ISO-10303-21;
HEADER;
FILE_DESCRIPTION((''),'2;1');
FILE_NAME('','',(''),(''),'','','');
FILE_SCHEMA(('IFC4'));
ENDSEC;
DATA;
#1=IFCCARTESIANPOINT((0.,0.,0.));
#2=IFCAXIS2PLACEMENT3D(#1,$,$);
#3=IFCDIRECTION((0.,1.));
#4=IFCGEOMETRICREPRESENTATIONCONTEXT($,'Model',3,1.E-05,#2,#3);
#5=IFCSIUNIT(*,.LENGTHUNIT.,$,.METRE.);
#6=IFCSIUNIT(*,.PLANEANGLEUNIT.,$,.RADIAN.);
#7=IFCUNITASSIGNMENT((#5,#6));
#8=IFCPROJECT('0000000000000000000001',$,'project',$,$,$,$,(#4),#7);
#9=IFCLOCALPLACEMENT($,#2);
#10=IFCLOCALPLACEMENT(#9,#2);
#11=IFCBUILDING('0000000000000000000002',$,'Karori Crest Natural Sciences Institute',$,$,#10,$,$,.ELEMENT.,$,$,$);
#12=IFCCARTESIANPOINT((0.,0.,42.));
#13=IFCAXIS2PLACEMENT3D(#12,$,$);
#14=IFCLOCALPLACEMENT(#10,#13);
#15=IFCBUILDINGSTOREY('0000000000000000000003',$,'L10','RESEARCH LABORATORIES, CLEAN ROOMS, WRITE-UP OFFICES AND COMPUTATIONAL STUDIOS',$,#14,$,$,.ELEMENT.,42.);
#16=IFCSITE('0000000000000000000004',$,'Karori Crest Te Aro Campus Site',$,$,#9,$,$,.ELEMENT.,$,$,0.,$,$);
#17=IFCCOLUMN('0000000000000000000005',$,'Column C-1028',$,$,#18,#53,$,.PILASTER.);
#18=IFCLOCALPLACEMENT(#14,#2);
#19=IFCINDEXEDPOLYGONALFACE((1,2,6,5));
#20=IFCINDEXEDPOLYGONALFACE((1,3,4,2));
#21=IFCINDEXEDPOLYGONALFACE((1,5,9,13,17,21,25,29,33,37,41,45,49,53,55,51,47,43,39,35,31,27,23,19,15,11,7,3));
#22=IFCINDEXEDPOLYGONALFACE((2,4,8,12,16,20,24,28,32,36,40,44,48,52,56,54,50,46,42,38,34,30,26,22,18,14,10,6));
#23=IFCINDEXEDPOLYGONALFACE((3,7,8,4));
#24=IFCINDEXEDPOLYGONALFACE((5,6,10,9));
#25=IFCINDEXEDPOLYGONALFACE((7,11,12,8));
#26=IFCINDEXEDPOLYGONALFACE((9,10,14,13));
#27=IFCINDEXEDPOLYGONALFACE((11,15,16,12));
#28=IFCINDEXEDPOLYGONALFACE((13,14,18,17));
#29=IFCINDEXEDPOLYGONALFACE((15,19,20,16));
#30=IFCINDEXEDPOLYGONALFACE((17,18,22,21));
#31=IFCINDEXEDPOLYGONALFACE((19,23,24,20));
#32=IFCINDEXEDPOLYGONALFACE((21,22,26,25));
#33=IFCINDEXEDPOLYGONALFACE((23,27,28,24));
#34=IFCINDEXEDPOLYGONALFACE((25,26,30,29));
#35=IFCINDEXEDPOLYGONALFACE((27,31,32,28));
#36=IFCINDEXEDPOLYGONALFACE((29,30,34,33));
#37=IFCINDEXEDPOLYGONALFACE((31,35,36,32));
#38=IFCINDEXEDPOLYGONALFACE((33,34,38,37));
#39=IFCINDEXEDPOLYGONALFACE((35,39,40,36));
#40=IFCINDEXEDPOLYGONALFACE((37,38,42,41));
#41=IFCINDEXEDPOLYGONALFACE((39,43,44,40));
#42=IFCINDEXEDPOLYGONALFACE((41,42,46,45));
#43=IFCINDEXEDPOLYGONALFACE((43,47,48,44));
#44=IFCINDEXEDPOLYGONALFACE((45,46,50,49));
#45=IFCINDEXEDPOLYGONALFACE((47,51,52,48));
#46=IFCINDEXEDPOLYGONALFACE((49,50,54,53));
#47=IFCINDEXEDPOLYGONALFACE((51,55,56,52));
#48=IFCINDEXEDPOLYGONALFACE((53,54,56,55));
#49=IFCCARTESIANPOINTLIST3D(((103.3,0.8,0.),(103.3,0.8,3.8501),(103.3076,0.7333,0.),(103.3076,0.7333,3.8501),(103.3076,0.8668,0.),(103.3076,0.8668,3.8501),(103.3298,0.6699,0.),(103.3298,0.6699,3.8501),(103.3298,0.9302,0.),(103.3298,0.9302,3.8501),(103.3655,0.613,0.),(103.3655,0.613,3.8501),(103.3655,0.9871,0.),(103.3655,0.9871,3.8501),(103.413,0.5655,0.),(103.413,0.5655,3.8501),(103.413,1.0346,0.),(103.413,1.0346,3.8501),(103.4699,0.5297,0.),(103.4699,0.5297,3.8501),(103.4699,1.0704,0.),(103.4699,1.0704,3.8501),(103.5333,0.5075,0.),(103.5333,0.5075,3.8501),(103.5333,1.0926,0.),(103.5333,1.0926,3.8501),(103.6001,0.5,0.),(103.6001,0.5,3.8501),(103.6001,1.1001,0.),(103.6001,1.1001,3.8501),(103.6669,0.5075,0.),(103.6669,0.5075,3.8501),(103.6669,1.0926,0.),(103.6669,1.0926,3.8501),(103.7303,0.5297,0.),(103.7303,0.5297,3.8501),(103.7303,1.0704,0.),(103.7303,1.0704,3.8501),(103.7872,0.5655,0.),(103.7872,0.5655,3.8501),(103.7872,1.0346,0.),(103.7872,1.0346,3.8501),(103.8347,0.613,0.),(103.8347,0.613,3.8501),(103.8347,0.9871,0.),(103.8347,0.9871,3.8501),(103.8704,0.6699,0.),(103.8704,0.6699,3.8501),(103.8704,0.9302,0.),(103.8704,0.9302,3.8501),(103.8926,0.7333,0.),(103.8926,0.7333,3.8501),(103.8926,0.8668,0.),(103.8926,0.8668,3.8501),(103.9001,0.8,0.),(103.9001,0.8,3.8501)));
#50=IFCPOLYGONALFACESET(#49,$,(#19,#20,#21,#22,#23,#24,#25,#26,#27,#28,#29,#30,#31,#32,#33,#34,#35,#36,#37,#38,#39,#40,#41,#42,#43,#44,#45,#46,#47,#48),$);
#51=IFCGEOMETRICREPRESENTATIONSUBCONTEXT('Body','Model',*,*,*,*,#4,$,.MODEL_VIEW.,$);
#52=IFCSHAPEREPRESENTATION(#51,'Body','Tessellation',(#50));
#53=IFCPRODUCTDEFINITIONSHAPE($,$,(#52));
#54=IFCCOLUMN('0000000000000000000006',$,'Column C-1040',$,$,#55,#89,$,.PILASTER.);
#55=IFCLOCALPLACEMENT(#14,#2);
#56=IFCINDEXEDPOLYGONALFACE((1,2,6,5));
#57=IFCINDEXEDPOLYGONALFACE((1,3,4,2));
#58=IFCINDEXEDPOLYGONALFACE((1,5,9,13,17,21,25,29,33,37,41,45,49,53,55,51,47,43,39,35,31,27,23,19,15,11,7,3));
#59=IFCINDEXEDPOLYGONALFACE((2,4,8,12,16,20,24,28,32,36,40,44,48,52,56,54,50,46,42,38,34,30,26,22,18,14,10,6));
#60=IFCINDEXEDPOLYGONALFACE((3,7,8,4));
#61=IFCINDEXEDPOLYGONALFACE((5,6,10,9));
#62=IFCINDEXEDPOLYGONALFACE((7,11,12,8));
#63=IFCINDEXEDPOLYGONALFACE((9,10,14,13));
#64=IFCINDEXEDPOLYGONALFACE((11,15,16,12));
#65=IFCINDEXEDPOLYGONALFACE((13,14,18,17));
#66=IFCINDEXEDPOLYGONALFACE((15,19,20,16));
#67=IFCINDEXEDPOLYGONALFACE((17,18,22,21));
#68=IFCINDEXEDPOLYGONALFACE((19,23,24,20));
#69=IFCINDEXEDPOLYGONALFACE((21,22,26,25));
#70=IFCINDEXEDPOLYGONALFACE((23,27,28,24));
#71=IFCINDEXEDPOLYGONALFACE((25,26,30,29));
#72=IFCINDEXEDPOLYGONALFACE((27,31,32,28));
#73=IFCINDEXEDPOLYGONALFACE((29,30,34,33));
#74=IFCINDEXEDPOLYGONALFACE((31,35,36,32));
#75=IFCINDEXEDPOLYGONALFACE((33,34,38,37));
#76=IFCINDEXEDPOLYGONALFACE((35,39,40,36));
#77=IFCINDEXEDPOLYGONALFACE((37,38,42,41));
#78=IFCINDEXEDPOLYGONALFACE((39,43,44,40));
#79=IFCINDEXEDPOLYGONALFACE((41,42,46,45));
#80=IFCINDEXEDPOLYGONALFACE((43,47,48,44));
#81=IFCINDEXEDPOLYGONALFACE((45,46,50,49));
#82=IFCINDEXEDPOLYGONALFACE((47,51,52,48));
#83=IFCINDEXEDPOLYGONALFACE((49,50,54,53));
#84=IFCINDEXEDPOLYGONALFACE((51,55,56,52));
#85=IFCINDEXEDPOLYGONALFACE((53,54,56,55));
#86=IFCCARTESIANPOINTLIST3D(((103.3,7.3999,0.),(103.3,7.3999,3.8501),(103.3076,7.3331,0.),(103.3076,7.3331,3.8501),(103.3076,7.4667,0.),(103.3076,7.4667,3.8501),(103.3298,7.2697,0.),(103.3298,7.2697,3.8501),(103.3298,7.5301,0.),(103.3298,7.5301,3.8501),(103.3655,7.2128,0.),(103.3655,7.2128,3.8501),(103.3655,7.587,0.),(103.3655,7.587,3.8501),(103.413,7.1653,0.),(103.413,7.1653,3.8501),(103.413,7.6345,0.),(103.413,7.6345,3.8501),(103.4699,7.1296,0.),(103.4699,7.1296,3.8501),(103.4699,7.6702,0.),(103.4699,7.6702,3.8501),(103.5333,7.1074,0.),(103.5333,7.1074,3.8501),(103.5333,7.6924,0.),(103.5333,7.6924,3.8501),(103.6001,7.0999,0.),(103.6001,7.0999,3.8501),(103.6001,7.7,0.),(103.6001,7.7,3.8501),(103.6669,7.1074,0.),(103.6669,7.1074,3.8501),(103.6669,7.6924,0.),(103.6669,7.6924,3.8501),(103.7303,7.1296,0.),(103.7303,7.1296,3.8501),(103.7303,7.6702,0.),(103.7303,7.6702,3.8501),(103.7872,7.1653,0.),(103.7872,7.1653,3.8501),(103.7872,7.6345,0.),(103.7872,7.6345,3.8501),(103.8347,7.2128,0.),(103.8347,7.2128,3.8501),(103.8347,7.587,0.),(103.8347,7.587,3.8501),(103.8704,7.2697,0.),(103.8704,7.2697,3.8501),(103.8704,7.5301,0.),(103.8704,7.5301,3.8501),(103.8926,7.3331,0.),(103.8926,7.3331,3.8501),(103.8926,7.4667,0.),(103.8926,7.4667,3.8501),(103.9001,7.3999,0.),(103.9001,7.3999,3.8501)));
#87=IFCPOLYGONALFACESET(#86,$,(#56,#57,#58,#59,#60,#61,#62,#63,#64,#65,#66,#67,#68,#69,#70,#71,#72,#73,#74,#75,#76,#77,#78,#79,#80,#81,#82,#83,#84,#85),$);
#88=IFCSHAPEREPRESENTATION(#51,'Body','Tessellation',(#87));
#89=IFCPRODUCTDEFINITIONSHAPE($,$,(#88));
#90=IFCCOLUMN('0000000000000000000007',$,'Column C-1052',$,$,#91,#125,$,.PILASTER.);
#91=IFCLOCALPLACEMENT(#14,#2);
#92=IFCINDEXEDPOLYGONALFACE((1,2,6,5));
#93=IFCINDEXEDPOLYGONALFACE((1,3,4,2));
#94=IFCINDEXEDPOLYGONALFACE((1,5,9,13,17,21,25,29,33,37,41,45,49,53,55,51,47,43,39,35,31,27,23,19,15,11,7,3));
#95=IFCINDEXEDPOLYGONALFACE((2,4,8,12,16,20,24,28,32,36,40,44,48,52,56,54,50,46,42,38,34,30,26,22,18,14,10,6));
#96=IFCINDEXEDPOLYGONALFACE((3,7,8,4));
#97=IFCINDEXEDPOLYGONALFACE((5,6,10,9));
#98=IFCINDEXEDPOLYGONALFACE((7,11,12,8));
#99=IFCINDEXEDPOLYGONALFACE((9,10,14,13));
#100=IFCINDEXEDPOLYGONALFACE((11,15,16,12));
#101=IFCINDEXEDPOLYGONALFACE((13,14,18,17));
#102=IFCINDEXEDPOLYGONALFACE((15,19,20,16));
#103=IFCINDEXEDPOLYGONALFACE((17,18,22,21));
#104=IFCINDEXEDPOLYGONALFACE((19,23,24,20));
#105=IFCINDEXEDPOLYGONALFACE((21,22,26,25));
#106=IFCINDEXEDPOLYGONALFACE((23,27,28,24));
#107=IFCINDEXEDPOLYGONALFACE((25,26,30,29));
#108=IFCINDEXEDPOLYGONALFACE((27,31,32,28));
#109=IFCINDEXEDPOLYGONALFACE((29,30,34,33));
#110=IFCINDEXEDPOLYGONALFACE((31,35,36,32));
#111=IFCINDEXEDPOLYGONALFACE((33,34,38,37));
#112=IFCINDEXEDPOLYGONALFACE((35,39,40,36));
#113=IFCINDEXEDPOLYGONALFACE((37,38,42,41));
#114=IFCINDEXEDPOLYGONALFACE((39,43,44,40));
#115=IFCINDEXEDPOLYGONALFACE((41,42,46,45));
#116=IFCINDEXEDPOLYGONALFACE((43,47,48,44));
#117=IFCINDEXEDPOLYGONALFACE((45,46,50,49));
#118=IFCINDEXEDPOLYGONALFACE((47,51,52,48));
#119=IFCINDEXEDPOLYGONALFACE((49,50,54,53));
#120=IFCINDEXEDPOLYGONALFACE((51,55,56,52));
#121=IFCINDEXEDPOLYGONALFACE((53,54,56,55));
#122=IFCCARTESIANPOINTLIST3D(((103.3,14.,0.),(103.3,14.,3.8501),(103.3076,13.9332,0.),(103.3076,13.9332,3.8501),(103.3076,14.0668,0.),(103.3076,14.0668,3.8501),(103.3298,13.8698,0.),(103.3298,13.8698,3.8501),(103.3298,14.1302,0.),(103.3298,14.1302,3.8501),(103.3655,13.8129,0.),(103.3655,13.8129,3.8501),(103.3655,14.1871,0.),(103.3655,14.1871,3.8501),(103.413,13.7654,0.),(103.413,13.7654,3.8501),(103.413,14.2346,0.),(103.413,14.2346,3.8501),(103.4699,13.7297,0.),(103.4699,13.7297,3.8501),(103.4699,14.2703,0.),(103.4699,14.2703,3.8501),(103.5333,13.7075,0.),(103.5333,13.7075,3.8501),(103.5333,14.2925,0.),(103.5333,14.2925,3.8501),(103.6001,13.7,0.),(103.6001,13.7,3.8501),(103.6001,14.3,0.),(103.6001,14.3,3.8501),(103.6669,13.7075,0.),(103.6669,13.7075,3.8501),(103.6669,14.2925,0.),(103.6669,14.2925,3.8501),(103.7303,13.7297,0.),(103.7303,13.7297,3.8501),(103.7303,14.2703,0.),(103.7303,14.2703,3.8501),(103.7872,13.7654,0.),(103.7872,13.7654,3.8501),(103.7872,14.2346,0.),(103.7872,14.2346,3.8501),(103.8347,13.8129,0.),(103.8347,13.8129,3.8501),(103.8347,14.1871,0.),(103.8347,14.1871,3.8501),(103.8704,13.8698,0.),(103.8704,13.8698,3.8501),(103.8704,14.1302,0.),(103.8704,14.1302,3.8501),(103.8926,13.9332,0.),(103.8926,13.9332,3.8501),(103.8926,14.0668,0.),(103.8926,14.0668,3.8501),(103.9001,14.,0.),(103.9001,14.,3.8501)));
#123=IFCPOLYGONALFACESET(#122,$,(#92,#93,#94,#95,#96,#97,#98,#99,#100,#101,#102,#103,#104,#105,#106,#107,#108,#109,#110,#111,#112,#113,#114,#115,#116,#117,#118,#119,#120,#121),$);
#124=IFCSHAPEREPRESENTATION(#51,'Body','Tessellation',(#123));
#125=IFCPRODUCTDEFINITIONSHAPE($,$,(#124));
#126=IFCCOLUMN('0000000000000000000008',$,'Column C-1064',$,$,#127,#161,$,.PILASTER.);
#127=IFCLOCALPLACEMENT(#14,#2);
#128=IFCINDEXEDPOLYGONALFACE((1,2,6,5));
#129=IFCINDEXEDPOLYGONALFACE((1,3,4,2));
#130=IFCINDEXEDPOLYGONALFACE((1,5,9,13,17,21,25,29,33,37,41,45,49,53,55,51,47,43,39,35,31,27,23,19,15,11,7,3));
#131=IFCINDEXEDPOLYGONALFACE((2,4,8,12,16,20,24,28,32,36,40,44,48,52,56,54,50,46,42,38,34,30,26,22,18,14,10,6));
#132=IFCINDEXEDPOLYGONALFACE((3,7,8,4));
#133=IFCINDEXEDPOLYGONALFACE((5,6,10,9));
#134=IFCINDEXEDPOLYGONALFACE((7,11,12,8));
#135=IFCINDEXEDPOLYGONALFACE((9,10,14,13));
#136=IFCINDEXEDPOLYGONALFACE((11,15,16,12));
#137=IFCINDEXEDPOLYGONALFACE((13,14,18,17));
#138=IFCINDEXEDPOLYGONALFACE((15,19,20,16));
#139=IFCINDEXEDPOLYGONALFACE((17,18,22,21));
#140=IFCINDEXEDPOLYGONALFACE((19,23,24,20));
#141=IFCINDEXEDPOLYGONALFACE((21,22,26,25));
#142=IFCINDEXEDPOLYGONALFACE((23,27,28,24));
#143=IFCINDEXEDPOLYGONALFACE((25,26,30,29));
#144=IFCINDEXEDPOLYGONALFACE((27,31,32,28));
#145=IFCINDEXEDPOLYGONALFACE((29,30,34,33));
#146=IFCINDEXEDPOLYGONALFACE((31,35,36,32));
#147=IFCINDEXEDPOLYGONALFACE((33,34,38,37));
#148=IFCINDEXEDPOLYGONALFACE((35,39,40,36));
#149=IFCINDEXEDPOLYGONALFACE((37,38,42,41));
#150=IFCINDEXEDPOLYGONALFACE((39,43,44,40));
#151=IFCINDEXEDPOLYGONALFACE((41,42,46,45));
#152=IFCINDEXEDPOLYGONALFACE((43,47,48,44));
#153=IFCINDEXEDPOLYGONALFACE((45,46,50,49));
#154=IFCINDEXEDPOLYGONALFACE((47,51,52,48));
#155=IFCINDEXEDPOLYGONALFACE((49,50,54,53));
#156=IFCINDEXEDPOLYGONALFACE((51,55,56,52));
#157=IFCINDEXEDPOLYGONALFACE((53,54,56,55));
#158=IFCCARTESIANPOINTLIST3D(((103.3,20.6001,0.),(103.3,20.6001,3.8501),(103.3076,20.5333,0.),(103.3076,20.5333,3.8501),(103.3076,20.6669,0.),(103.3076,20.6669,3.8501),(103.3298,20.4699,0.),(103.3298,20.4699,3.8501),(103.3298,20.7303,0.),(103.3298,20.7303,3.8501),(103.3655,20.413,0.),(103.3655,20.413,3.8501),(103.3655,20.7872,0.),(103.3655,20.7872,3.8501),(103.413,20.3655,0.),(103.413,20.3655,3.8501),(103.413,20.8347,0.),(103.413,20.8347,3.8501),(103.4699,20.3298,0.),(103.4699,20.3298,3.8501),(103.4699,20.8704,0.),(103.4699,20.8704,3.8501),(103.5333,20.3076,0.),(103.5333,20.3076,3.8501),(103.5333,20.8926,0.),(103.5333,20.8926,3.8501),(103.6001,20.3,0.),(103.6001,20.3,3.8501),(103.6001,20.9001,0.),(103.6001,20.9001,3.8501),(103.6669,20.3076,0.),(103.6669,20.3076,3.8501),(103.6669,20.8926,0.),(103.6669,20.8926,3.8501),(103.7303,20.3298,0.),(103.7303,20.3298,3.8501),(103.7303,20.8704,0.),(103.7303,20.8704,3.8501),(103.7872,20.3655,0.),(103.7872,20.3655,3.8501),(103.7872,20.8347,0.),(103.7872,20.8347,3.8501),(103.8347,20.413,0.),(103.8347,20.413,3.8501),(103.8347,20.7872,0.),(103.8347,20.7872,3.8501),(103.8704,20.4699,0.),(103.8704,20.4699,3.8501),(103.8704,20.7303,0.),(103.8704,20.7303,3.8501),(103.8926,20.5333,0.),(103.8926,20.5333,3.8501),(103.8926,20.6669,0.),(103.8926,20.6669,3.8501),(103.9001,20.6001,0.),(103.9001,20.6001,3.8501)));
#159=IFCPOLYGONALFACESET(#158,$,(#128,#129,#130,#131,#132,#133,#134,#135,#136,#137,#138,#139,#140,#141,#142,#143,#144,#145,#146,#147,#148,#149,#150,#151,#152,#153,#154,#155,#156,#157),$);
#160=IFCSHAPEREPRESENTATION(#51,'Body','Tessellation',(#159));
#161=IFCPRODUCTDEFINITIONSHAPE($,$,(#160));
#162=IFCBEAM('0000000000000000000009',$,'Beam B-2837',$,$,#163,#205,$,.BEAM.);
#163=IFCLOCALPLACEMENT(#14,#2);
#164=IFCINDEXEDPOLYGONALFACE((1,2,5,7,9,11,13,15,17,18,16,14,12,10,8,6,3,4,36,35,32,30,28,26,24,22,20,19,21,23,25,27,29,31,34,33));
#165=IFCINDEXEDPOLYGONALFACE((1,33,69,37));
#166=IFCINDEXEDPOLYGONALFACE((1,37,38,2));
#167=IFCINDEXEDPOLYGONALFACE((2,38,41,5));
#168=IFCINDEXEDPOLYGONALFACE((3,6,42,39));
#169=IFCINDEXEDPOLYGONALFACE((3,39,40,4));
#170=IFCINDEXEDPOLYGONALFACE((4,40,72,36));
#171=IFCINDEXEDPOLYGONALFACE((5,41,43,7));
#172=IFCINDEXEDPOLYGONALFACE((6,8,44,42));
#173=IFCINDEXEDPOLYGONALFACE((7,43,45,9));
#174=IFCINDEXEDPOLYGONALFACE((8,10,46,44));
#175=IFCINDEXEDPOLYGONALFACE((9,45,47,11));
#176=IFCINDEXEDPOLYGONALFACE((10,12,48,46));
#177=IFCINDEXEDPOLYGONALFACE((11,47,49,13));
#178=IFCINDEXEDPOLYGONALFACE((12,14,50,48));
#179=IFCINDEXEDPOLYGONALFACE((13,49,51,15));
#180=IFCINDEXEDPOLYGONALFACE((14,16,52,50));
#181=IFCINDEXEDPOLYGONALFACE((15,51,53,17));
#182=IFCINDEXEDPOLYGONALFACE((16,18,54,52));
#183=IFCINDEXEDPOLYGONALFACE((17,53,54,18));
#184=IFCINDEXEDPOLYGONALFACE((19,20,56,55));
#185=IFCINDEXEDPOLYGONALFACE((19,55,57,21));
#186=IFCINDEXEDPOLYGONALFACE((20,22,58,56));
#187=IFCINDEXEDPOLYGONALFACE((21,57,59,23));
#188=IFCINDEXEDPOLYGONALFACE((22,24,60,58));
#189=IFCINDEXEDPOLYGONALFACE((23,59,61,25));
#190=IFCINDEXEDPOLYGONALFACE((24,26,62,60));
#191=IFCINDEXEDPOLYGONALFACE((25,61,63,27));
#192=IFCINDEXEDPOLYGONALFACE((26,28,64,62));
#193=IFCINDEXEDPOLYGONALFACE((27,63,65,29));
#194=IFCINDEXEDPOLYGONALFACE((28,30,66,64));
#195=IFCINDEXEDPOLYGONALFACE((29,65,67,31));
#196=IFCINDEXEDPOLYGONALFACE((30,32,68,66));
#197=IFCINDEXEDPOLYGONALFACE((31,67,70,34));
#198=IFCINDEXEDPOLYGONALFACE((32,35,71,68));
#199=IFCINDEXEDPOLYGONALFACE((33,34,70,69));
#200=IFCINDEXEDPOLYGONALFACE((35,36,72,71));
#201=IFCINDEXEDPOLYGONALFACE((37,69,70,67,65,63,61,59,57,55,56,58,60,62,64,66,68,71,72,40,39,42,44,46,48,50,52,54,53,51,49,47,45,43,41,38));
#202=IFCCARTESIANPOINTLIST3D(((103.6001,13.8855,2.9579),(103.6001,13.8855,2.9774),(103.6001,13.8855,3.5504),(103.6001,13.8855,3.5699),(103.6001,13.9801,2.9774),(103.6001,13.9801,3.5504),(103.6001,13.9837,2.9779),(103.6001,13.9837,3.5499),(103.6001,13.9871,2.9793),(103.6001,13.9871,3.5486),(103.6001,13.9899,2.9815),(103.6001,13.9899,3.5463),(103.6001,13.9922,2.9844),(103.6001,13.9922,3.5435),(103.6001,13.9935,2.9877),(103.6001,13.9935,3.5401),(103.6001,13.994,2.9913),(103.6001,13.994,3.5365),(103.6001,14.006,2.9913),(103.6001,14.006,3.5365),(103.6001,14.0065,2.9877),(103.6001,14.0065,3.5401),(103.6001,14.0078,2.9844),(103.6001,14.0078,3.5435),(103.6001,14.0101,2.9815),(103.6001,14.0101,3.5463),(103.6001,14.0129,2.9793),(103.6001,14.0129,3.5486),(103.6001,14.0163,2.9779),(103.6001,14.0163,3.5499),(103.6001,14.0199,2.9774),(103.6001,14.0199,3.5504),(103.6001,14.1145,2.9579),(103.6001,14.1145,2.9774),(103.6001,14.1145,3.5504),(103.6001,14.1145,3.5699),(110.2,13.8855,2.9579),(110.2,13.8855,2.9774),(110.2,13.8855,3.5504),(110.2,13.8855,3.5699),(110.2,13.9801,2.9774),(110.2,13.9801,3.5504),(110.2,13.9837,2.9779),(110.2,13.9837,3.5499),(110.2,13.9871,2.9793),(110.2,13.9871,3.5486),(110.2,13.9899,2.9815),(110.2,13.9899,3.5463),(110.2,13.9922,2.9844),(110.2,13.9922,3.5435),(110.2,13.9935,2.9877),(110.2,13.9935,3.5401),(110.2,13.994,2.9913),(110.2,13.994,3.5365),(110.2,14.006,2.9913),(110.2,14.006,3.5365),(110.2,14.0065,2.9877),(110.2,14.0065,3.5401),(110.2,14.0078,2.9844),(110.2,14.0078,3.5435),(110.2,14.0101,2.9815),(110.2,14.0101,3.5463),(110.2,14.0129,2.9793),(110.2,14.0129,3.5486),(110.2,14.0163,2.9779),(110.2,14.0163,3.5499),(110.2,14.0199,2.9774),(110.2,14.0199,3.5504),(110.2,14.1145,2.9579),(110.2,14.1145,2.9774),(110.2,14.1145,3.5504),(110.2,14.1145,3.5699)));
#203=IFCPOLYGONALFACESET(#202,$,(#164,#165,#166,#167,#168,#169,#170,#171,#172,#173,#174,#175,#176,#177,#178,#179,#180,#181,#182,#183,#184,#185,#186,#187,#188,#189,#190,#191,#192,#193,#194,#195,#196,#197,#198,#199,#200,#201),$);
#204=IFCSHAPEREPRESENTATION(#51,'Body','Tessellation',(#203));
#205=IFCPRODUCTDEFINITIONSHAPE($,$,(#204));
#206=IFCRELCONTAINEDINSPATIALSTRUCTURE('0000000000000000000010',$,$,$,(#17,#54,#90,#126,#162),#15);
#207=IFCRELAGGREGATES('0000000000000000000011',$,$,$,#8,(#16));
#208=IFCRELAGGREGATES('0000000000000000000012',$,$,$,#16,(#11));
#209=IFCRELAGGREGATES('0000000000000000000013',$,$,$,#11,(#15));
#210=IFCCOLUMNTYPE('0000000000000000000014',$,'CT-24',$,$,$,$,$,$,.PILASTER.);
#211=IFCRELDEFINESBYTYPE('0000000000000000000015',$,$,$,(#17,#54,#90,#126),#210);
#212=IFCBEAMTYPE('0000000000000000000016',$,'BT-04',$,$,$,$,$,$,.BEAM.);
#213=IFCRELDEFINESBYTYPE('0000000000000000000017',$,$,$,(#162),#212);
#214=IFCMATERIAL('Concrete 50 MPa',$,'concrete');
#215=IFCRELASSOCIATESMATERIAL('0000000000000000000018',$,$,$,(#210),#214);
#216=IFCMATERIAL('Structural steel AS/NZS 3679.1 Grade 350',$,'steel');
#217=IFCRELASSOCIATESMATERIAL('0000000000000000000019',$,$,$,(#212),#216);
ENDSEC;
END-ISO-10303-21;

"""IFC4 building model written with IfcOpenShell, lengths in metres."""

from ifc_helpers import new_model, si_unit, direction, frame, origin, origin_2d, place, context, subcontext, project, spatial, circle, i_section, extrude, material, material_profile, profile_set, type_object, element, save


model = new_model("IFC4")

# Units and contexts
model_context = context("Model", 3, precision=1e-05, world=origin(), true_north=direction((0.0, 1.0)))
body_context = subcontext(model_context, "Body", "Model", "MODEL_VIEW")
ifc_project = project(units=[si_unit("LENGTHUNIT", "METRE"), si_unit("PLANEANGLEUNIT", "RADIAN")], contexts=[model_context])

# Site, building, storey
site_placement = place(None, origin())
site = spatial("IfcSite", under=ifc_project, at=site_placement, Name="Karori Crest Te Aro Campus Site", CompositionType="ELEMENT", RefElevation=0.0)
building_placement = place(site_placement, origin())
building = spatial("IfcBuilding", under=site, at=building_placement, Name="Karori Crest Natural Sciences Institute", CompositionType="ELEMENT")
storey_placement = place(building_placement, frame((0.0, 0.0, 42.0)))
storey = spatial("IfcBuildingStorey", under=building, at=storey_placement, Name="L10", Description="RESEARCH LABORATORIES, CLEAN ROOMS, WRITE-UP OFFICES AND COMPUTATIONAL STUDIOS", CompositionType="ELEMENT", Elevation=42.0)

# Columns
ifc_material_1 = material(Name="Concrete 50 MPa", Category="concrete")
ifc_material_profile_1 = material_profile(ifc_material_1, circle(Radius=0.3, at=origin_2d()), Name="RCC600")
ifc_profile_set_1 = profile_set([ifc_material_profile_1], Name="Concrete 50 MPa")
column_type = type_object("IfcColumnType", Name="CT-24", PredefinedType="PILASTER", material=ifc_profile_set_1)
for number, where, z_axis, x_axis, name in (
    (1, (103.6001, 0.8, 0.0), (0.0, 0.0, 1.0), (1.0, 0.0, 0.0), "Column C-1028"),
    (2, (103.6001, 7.3999, 0.0), (0.0, 0.0, 1.0), (1.0, 0.0, 0.0), "Column C-1040"),
    (3, (103.6001, 14.0, 0.0), (0.0, 0.0, 1.0), (1.0, 0.0, 0.0), "Column C-1052"),
    (4, (103.6001, 20.6001, 0.0), (0.0, 0.0, 1.0), (1.0, 0.0, 0.0), "Column C-1064"),
):
    element("IfcColumn", number, at=place(storey_placement, frame(where, z_axis=z_axis, x_axis=x_axis)), inside=storey, type_object=column_type, Name=name, PredefinedType="PILASTER", context=body_context, shape_type="SweptSolid", body=[
        extrude(circle(Radius=0.3, at=origin_2d()), origin(), (0.0, 0.0, 1.0), 3.8501),
    ])

# Beam
ifc_material_2 = material(Name="Structural steel AS/NZS 3679.1 Grade 350", Category="steel")
ifc_material_profile_2 = material_profile(ifc_material_2, i_section(OverallWidth=0.229, OverallDepth=0.6121, WebThickness=0.012, FlangeThickness=0.0195, FilletRadius=0.0139, at=origin_2d()), Name="610UB125")
ifc_profile_set_2 = profile_set([ifc_material_profile_2], Name="Structural steel AS/NZS 3679.1 Grade 350")
beam_type_1 = type_object("IfcBeamType", Name="BT-04", PredefinedType="BEAM", material=ifc_profile_set_2)
beam_1_placement = place(storey_placement, frame((103.6001, 14.0, 3.2639), z_axis=(1.0, 0.0, 0.0), x_axis=(0.0, 1.0, 0.0)))
element("IfcBeam", 5, at=beam_1_placement, inside=storey, type_object=beam_type_1, Name="Beam B-2837", PredefinedType="BEAM", context=body_context, shape_type="SweptSolid", body=[
    extrude(i_section(OverallWidth=0.229, OverallDepth=0.6121, WebThickness=0.012, FlangeThickness=0.0195, FilletRadius=0.0139, at=origin_2d()), origin(), (0.0, 0.0, 1.0), 6.5999),
])

save(model, "model.ifc")
